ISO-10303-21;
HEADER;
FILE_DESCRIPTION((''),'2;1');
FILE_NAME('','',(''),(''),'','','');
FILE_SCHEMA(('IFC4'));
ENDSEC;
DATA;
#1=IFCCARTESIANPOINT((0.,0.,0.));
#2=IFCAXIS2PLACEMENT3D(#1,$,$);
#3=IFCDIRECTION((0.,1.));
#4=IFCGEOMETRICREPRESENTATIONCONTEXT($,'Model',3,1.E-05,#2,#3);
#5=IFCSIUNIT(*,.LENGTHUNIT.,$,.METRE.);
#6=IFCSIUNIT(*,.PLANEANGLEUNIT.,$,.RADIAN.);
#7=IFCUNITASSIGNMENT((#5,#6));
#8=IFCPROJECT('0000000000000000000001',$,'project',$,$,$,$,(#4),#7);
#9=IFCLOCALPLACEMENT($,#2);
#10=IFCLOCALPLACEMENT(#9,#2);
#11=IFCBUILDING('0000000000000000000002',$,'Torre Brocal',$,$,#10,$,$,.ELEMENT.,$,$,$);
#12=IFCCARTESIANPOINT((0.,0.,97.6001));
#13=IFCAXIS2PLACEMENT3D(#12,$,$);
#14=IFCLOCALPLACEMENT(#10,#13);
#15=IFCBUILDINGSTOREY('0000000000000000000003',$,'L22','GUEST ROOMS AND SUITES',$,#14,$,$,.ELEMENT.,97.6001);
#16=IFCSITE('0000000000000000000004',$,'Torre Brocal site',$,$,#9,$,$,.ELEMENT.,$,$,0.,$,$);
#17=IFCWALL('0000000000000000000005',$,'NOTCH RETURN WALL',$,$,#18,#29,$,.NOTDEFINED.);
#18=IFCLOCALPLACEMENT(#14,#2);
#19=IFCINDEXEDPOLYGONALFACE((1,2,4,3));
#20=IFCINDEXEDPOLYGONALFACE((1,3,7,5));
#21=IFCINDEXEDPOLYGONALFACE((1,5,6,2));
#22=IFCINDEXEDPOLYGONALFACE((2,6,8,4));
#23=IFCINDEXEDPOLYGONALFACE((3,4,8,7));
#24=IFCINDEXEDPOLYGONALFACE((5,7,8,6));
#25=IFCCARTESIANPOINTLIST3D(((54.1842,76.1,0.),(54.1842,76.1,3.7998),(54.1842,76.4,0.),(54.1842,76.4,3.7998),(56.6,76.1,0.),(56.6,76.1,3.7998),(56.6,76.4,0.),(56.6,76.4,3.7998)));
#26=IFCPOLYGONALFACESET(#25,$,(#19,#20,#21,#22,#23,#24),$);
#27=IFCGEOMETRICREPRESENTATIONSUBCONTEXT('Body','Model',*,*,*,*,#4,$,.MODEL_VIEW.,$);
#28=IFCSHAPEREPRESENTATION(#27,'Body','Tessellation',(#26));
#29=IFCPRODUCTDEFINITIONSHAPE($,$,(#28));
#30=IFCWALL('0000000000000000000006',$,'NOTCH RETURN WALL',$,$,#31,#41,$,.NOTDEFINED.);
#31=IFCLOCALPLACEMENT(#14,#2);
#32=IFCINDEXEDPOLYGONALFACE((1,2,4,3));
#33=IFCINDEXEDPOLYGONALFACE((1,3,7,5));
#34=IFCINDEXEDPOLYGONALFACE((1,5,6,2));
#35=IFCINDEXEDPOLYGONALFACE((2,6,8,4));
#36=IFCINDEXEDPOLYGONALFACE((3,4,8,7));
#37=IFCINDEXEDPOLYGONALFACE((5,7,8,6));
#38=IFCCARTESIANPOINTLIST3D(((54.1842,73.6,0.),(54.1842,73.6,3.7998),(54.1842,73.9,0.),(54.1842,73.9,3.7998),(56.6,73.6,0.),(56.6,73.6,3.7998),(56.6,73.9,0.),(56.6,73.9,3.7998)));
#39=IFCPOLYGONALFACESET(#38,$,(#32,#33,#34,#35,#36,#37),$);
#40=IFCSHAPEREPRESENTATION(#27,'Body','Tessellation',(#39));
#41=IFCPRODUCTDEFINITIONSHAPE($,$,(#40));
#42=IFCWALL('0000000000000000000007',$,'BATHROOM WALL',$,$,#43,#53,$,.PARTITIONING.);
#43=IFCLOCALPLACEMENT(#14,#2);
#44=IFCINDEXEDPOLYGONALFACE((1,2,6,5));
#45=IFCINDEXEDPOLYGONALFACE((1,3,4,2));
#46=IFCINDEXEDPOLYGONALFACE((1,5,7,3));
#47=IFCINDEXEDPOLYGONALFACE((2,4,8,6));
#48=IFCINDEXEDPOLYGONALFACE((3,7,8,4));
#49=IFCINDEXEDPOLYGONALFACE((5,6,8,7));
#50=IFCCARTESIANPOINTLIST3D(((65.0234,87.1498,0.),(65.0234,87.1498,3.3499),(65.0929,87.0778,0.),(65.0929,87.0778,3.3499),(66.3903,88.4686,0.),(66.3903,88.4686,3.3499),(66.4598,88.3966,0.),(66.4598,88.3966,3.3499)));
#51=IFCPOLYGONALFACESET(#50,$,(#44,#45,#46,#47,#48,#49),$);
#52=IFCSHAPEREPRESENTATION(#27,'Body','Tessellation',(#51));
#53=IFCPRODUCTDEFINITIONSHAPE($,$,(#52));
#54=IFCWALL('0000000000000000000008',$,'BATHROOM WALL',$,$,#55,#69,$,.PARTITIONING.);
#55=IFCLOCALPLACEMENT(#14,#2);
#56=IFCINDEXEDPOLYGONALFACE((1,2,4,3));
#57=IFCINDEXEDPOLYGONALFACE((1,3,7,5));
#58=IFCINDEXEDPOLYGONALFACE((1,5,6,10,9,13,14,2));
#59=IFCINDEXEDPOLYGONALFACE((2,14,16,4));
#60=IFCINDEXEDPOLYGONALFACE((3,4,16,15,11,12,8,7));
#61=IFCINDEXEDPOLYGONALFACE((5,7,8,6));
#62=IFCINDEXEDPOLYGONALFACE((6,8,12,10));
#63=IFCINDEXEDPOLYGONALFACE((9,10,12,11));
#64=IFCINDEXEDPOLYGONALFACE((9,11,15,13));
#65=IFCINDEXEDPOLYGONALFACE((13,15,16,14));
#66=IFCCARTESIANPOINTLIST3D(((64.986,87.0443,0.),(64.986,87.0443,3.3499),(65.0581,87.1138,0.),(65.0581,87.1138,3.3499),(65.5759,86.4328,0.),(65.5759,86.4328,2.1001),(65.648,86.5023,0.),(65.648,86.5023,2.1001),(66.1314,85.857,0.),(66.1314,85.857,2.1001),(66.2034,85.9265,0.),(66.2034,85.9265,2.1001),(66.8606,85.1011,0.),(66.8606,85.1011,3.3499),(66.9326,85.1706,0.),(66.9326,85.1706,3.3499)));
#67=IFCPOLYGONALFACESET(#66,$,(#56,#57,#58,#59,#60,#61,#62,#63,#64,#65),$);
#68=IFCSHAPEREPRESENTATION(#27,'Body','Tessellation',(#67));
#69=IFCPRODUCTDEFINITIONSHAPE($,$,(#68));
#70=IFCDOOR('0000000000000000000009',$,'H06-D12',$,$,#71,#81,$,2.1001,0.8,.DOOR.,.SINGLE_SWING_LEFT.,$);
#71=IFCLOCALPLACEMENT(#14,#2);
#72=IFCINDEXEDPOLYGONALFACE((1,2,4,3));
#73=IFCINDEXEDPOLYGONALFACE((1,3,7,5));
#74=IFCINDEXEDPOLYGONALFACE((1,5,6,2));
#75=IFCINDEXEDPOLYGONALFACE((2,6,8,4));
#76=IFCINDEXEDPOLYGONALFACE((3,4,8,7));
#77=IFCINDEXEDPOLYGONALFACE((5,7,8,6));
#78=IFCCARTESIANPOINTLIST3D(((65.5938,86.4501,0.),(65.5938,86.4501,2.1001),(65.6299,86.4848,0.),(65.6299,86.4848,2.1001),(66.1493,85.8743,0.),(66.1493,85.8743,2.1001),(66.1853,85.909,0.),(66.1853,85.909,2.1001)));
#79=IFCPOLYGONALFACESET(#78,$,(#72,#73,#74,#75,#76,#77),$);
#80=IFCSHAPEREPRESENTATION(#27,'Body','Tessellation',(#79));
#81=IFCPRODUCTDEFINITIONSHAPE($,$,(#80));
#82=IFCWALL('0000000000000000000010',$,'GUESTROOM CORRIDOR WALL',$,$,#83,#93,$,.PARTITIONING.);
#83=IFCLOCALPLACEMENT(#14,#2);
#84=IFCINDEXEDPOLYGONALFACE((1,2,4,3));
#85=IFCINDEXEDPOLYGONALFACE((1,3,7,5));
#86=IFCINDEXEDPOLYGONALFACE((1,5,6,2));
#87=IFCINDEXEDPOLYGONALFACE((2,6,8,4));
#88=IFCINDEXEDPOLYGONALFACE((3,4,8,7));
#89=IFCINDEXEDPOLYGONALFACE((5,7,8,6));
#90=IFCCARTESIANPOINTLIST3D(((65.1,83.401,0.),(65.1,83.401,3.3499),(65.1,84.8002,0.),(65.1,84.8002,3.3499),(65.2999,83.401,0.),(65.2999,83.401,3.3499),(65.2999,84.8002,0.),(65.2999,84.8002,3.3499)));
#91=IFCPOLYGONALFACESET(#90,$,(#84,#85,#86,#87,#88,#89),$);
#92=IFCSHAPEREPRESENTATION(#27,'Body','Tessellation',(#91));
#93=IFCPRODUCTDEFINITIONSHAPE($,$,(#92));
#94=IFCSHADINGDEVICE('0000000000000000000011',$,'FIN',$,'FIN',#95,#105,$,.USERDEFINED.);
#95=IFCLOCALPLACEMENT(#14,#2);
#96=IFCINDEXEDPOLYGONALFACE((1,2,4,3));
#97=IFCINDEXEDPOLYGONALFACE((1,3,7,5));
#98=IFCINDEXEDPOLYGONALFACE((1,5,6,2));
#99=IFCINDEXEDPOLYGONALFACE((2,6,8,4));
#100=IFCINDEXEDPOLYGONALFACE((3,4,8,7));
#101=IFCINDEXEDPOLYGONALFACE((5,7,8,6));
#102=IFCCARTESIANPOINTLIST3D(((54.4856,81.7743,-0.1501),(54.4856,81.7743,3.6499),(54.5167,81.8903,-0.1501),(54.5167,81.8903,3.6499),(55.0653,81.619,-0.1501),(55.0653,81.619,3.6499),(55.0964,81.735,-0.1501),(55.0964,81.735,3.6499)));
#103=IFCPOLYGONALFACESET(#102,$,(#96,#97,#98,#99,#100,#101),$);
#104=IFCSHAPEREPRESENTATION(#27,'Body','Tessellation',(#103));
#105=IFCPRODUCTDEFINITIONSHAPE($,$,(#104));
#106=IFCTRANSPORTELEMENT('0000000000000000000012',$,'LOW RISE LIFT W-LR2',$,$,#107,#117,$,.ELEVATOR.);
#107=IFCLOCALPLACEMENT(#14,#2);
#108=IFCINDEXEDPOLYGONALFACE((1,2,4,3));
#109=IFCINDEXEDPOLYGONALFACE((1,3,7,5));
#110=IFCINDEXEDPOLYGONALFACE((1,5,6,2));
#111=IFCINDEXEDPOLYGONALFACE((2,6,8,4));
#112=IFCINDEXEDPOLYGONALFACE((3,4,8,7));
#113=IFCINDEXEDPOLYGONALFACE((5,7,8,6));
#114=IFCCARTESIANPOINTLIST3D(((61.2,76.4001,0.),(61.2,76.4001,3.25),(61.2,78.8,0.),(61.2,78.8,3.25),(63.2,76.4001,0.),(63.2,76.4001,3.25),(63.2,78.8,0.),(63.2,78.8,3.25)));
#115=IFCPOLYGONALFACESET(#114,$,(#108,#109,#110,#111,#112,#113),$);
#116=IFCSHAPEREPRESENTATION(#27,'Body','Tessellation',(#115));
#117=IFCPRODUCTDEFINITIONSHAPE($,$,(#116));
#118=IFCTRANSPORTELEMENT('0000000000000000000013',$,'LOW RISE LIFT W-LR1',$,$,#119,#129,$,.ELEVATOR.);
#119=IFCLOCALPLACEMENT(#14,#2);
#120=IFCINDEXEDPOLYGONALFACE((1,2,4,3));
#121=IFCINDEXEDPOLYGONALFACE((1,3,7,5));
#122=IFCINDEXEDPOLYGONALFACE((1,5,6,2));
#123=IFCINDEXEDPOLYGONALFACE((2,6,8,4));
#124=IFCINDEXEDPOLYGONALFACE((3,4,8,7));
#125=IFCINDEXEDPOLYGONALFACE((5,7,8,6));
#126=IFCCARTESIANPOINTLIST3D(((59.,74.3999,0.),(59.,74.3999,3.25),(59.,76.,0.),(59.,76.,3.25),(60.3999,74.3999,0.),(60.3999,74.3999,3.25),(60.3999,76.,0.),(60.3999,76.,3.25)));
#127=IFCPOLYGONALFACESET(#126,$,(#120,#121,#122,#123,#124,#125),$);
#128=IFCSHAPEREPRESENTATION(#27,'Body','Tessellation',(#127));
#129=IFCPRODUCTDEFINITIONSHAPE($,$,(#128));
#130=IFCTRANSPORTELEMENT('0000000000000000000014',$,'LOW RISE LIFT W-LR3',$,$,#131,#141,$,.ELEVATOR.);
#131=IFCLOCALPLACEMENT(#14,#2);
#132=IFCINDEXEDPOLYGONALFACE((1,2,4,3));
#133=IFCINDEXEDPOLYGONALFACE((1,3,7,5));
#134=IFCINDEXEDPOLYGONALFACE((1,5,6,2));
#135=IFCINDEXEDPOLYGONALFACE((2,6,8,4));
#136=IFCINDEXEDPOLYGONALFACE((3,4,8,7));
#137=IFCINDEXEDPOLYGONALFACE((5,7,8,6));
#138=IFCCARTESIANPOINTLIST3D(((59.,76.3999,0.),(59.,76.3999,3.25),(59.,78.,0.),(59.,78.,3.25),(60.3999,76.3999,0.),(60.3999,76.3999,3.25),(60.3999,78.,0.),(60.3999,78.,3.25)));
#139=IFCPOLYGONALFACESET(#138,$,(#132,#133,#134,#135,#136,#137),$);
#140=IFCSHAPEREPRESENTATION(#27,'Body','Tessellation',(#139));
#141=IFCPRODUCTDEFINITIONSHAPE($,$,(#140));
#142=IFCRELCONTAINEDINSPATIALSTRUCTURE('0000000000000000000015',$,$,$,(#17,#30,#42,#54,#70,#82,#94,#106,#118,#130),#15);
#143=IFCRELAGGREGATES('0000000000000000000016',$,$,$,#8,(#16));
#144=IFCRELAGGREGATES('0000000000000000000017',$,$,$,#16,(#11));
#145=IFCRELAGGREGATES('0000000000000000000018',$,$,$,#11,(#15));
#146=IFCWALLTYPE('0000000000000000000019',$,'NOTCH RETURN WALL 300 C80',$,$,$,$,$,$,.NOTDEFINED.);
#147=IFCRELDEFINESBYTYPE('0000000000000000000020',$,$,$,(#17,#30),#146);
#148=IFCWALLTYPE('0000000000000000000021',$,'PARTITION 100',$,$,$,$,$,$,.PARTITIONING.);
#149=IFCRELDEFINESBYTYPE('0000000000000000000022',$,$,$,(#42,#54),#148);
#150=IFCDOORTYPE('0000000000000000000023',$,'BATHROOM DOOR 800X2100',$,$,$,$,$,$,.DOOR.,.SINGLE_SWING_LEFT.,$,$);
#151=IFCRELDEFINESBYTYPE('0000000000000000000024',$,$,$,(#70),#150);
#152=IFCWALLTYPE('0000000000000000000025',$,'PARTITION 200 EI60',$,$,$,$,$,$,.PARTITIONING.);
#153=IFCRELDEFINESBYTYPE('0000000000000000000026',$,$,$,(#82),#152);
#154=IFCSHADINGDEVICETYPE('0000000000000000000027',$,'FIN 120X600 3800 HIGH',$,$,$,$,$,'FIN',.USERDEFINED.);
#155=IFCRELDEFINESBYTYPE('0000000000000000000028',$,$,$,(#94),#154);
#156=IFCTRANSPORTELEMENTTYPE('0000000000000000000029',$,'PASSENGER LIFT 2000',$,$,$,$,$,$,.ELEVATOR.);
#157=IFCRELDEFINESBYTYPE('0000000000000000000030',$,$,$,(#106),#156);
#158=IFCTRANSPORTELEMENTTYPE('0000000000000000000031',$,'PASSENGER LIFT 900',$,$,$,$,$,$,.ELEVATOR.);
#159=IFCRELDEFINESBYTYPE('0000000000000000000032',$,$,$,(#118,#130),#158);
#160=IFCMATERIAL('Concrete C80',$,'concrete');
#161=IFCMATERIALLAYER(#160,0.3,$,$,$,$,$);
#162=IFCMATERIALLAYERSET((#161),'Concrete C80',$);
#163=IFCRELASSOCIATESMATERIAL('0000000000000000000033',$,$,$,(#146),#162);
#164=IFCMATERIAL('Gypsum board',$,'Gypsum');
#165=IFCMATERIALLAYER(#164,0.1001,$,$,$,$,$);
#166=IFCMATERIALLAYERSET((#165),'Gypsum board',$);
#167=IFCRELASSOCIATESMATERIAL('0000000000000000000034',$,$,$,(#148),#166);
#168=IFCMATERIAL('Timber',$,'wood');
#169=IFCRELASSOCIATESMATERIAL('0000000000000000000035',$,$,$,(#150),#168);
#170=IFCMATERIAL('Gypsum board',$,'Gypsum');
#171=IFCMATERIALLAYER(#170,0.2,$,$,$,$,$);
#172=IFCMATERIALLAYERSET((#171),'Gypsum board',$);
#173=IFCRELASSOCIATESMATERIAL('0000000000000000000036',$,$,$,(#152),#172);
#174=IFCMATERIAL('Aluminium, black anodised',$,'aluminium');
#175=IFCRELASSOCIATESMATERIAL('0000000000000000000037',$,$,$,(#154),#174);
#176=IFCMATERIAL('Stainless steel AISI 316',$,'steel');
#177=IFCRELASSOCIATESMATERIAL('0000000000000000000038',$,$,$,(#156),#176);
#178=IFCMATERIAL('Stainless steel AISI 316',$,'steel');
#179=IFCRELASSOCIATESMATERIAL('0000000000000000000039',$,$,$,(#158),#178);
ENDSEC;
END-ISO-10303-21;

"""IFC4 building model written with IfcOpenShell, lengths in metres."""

from ifc_helpers import new_model, si_unit, direction, frame, frame_2d, origin, origin_2d, place, context, subcontext, project, spatial, rectangle, extrude, material, layer, layer_set, material_profile, profile_set, type_object, element, fill, save


model = new_model("IFC4")

# Units and contexts
model_context = context("Model", 3, precision=1e-05, world=origin(), true_north=direction((0.0, 1.0)))
body_context = subcontext(model_context, "Body", "Model", "MODEL_VIEW")
ifc_project = project(units=[si_unit("LENGTHUNIT", "METRE"), si_unit("PLANEANGLEUNIT", "RADIAN")], contexts=[model_context])

# Site, building, storey
site_placement = place(None, origin())
site = spatial("IfcSite", under=ifc_project, at=site_placement, Name="Torre Brocal site", CompositionType="ELEMENT", RefElevation=0.0)
building_placement = place(site_placement, origin())
building = spatial("IfcBuilding", under=site, at=building_placement, Name="Torre Brocal", CompositionType="ELEMENT")
storey_placement = place(building_placement, frame((0.0, 0.0, 97.6001)))
storey = spatial("IfcBuildingStorey", under=building, at=storey_placement, Name="L22", Description="GUEST ROOMS AND SUITES", CompositionType="ELEMENT", Elevation=97.6001)

# Walls
ifc_material_1 = material(Name="Concrete C80", Category="concrete")
ifc_layer_1 = layer(ifc_material_1, 0.3)
ifc_layer_set_1 = layer_set([ifc_layer_1], Name="Concrete C80")
wall_type_1 = type_object("IfcWallType", Name="NOTCH RETURN WALL 300 C80", PredefinedType="NOTDEFINED", material=ifc_layer_set_1)
for number, where, z_axis, x_axis, name in (
    (1, (56.6001, 76.25, 0.0), (0.0, 0.0, 1.0), (-1.0, 0.0, 0.0), "NOTCH RETURN WALL"),
    (2, (56.6001, 73.75, 0.0), (0.0, 0.0, 1.0), (-1.0, 0.0, 0.0), "NOTCH RETURN WALL"),
):
    element("IfcWall", number, at=place(storey_placement, frame(where, z_axis=z_axis, x_axis=x_axis)), inside=storey, type_object=wall_type_1, Name=name, PredefinedType="NOTDEFINED", context=body_context, shape_type="SweptSolid", body=[
        extrude(rectangle(XDim=2.4158, YDim=0.3, at=frame_2d((1.208, 0.0))), origin(), (0.0, 0.0, 1.0), 3.7998),
    ])
ifc_material_2 = material(Name="Gypsum board", Category="Gypsum")
ifc_layer_2 = layer(ifc_material_2, 0.1001)
ifc_layer_set_2 = layer_set([ifc_layer_2], Name="Gypsum board")
wall_type_2 = type_object("IfcWallType", Name="PARTITION 100", PredefinedType="PARTITIONING", material=ifc_layer_set_2)
wall_1_placement = place(storey_placement, frame((65.0581, 87.1138, 0.0), z_axis=(0.0, 0.0, 1.0), x_axis=(0.719654, 0.694333, 0.0)))
element("IfcWall", 3, at=wall_1_placement, inside=storey, type_object=wall_type_2, Name="BATHROOM WALL", PredefinedType="PARTITIONING", context=body_context, shape_type="SweptSolid", body=[
    extrude(rectangle(XDim=1.8994, YDim=0.1001, at=frame_2d((0.9497, 0.0))), origin(), (0.0, 0.0, 1.0), 3.3499),
])

# Wall, opening, door
wall_2_placement = place(storey_placement, frame((65.022, 87.0791, 0.0), z_axis=(0.0, 0.0, 1.0), x_axis=(0.694288, -0.719697, 0.0)))
wall_2 = element("IfcWall", 4, at=wall_2_placement, inside=storey, type_object=wall_type_2, Name="BATHROOM WALL", PredefinedType="PARTITIONING", context=body_context, shape_type="SweptSolid", body=[
    extrude(rectangle(XDim=2.7, YDim=0.1001, at=frame_2d((1.3501, 0.0))), origin(), (0.0, 0.0, 1.0), 3.3499),
])
opening_placement = place(wall_2_placement, frame((0.8499, 0.0, 0.0)))
opening = element("IfcOpeningElement", 5, at=opening_placement, cuts=wall_2, PredefinedType="OPENING", context=body_context, shape_type="SweptSolid", body=[
    extrude(rectangle(XDim=0.8, YDim=2.1001, at=frame_2d((0.3999, 1.05))), frame((0.0, 0.0601, 0.0), z_axis=(0.0, -1.0, 0.0), x_axis=(1.0, 0.0, 0.0)), (0.0, 0.0, 1.0), 0.1201),
])
ifc_material_3 = material(Name="Timber", Category="wood")
door_type = type_object("IfcDoorType", Name="BATHROOM DOOR 800X2100", OperationType="SINGLE_SWING_LEFT", PredefinedType="DOOR", material=ifc_material_3)
door_placement = place(opening_placement, origin())
door = element("IfcDoor", 6, at=door_placement, inside=storey, type_object=door_type, Name="H06-D12", OperationType="SINGLE_SWING_LEFT", OverallHeight=2.1001, OverallWidth=0.8, PredefinedType="DOOR", context=body_context, shape_type="SweptSolid", body=[
    extrude(rectangle(XDim=0.8, YDim=2.1001, at=frame_2d((0.3999, 1.05))), frame((0.0, 0.0249, 0.0), z_axis=(0.0, -1.0, 0.0), x_axis=(1.0, 0.0, 0.0)), (0.0, 0.0, 1.0), 0.05),
])
fill(opening, door)

# Wall
ifc_material_4 = material(Name="Gypsum board", Category="Gypsum")
ifc_layer_3 = layer(ifc_material_4, 0.2)
ifc_layer_set_3 = layer_set([ifc_layer_3], Name="Gypsum board")
wall_type_3 = type_object("IfcWallType", Name="PARTITION 200 EI60", PredefinedType="PARTITIONING", material=ifc_layer_set_3)
wall_3_placement = place(storey_placement, frame((65.2, 83.4009, 0.0), z_axis=(0.0, 0.0, 1.0), x_axis=(0.0, 1.0, 0.0)))
element("IfcWall", 7, at=wall_3_placement, inside=storey, type_object=wall_type_3, Name="GUESTROOM CORRIDOR WALL", PredefinedType="PARTITIONING", context=body_context, shape_type="SweptSolid", body=[
    extrude(rectangle(XDim=1.3992, YDim=0.2, at=frame_2d((0.6997, 0.0))), origin(), (0.0, 0.0, 1.0), 3.3499),
])

# Shading device
ifc_material_5 = material(Name="Aluminium, black anodised", Category="aluminium")
ifc_material_profile_1 = material_profile(ifc_material_5, rectangle(XDim=0.1201, YDim=0.6001, at=origin_2d()), Name="FIN 120X600 3800 HIGH")
ifc_profile_set_1 = profile_set([ifc_material_profile_1], Name="Aluminium, black anodised")
shading_device_type = type_object("IfcShadingDeviceType", Name="FIN 120X600 3800 HIGH", ElementType="FIN", PredefinedType="USERDEFINED", material=ifc_profile_set_1)
shading_device_placement = place(storey_placement, frame((54.791, 81.7546, -0.1501), z_axis=(0.0, 0.0, 1.0), x_axis=(-0.258819, -0.965926, 0.0)))
element("IfcShadingDevice", 8, at=shading_device_placement, inside=storey, type_object=shading_device_type, Name="FIN", ObjectType="FIN", PredefinedType="USERDEFINED", context=body_context, shape_type="SweptSolid", body=[
    extrude(rectangle(XDim=0.1201, YDim=0.6001, at=origin_2d()), origin(), (0.0, 0.0, 1.0), 3.8),
])

# Transport elements
ifc_material_6 = material(Name="Stainless steel AISI 316", Category="steel")
transport_element_type_1 = type_object("IfcTransportElementType", Name="PASSENGER LIFT 2000", PredefinedType="ELEVATOR", material=ifc_material_6)
transport_element_placement = place(storey_placement, frame((62.2, 77.6001, 0.0), z_axis=(0.0, 0.0, 1.0), x_axis=(1.0, 0.0, 0.0)))
element("IfcTransportElement", 9, at=transport_element_placement, inside=storey, type_object=transport_element_type_1, Name="LOW RISE LIFT W-LR2", PredefinedType="ELEVATOR", context=body_context, shape_type="SweptSolid", body=[
    extrude(rectangle(XDim=2.0, YDim=2.3999, at=origin_2d()), origin(), (0.0, 0.0, 1.0), 3.25),
])
ifc_material_7 = material(Name="Stainless steel AISI 316", Category="steel")
transport_element_type_2 = type_object("IfcTransportElementType", Name="PASSENGER LIFT 900", PredefinedType="ELEVATOR", material=ifc_material_7)
for number, where, z_axis, x_axis, name in (
    (10, (59.7, 75.2, 0.0), (0.0, 0.0, 1.0), (1.0, 0.0, 0.0), "LOW RISE LIFT W-LR1"),
    (11, (59.7, 77.2, 0.0), (0.0, 0.0, 1.0), (1.0, 0.0, 0.0), "LOW RISE LIFT W-LR3"),
):
    element("IfcTransportElement", number, at=place(storey_placement, frame(where, z_axis=z_axis, x_axis=x_axis)), inside=storey, type_object=transport_element_type_2, Name=name, PredefinedType="ELEVATOR", context=body_context, shape_type="SweptSolid", body=[
        extrude(rectangle(XDim=1.3999, YDim=1.6001, at=origin_2d()), origin(), (0.0, 0.0, 1.0), 3.25),
    ])

save(model, "model.ifc")
